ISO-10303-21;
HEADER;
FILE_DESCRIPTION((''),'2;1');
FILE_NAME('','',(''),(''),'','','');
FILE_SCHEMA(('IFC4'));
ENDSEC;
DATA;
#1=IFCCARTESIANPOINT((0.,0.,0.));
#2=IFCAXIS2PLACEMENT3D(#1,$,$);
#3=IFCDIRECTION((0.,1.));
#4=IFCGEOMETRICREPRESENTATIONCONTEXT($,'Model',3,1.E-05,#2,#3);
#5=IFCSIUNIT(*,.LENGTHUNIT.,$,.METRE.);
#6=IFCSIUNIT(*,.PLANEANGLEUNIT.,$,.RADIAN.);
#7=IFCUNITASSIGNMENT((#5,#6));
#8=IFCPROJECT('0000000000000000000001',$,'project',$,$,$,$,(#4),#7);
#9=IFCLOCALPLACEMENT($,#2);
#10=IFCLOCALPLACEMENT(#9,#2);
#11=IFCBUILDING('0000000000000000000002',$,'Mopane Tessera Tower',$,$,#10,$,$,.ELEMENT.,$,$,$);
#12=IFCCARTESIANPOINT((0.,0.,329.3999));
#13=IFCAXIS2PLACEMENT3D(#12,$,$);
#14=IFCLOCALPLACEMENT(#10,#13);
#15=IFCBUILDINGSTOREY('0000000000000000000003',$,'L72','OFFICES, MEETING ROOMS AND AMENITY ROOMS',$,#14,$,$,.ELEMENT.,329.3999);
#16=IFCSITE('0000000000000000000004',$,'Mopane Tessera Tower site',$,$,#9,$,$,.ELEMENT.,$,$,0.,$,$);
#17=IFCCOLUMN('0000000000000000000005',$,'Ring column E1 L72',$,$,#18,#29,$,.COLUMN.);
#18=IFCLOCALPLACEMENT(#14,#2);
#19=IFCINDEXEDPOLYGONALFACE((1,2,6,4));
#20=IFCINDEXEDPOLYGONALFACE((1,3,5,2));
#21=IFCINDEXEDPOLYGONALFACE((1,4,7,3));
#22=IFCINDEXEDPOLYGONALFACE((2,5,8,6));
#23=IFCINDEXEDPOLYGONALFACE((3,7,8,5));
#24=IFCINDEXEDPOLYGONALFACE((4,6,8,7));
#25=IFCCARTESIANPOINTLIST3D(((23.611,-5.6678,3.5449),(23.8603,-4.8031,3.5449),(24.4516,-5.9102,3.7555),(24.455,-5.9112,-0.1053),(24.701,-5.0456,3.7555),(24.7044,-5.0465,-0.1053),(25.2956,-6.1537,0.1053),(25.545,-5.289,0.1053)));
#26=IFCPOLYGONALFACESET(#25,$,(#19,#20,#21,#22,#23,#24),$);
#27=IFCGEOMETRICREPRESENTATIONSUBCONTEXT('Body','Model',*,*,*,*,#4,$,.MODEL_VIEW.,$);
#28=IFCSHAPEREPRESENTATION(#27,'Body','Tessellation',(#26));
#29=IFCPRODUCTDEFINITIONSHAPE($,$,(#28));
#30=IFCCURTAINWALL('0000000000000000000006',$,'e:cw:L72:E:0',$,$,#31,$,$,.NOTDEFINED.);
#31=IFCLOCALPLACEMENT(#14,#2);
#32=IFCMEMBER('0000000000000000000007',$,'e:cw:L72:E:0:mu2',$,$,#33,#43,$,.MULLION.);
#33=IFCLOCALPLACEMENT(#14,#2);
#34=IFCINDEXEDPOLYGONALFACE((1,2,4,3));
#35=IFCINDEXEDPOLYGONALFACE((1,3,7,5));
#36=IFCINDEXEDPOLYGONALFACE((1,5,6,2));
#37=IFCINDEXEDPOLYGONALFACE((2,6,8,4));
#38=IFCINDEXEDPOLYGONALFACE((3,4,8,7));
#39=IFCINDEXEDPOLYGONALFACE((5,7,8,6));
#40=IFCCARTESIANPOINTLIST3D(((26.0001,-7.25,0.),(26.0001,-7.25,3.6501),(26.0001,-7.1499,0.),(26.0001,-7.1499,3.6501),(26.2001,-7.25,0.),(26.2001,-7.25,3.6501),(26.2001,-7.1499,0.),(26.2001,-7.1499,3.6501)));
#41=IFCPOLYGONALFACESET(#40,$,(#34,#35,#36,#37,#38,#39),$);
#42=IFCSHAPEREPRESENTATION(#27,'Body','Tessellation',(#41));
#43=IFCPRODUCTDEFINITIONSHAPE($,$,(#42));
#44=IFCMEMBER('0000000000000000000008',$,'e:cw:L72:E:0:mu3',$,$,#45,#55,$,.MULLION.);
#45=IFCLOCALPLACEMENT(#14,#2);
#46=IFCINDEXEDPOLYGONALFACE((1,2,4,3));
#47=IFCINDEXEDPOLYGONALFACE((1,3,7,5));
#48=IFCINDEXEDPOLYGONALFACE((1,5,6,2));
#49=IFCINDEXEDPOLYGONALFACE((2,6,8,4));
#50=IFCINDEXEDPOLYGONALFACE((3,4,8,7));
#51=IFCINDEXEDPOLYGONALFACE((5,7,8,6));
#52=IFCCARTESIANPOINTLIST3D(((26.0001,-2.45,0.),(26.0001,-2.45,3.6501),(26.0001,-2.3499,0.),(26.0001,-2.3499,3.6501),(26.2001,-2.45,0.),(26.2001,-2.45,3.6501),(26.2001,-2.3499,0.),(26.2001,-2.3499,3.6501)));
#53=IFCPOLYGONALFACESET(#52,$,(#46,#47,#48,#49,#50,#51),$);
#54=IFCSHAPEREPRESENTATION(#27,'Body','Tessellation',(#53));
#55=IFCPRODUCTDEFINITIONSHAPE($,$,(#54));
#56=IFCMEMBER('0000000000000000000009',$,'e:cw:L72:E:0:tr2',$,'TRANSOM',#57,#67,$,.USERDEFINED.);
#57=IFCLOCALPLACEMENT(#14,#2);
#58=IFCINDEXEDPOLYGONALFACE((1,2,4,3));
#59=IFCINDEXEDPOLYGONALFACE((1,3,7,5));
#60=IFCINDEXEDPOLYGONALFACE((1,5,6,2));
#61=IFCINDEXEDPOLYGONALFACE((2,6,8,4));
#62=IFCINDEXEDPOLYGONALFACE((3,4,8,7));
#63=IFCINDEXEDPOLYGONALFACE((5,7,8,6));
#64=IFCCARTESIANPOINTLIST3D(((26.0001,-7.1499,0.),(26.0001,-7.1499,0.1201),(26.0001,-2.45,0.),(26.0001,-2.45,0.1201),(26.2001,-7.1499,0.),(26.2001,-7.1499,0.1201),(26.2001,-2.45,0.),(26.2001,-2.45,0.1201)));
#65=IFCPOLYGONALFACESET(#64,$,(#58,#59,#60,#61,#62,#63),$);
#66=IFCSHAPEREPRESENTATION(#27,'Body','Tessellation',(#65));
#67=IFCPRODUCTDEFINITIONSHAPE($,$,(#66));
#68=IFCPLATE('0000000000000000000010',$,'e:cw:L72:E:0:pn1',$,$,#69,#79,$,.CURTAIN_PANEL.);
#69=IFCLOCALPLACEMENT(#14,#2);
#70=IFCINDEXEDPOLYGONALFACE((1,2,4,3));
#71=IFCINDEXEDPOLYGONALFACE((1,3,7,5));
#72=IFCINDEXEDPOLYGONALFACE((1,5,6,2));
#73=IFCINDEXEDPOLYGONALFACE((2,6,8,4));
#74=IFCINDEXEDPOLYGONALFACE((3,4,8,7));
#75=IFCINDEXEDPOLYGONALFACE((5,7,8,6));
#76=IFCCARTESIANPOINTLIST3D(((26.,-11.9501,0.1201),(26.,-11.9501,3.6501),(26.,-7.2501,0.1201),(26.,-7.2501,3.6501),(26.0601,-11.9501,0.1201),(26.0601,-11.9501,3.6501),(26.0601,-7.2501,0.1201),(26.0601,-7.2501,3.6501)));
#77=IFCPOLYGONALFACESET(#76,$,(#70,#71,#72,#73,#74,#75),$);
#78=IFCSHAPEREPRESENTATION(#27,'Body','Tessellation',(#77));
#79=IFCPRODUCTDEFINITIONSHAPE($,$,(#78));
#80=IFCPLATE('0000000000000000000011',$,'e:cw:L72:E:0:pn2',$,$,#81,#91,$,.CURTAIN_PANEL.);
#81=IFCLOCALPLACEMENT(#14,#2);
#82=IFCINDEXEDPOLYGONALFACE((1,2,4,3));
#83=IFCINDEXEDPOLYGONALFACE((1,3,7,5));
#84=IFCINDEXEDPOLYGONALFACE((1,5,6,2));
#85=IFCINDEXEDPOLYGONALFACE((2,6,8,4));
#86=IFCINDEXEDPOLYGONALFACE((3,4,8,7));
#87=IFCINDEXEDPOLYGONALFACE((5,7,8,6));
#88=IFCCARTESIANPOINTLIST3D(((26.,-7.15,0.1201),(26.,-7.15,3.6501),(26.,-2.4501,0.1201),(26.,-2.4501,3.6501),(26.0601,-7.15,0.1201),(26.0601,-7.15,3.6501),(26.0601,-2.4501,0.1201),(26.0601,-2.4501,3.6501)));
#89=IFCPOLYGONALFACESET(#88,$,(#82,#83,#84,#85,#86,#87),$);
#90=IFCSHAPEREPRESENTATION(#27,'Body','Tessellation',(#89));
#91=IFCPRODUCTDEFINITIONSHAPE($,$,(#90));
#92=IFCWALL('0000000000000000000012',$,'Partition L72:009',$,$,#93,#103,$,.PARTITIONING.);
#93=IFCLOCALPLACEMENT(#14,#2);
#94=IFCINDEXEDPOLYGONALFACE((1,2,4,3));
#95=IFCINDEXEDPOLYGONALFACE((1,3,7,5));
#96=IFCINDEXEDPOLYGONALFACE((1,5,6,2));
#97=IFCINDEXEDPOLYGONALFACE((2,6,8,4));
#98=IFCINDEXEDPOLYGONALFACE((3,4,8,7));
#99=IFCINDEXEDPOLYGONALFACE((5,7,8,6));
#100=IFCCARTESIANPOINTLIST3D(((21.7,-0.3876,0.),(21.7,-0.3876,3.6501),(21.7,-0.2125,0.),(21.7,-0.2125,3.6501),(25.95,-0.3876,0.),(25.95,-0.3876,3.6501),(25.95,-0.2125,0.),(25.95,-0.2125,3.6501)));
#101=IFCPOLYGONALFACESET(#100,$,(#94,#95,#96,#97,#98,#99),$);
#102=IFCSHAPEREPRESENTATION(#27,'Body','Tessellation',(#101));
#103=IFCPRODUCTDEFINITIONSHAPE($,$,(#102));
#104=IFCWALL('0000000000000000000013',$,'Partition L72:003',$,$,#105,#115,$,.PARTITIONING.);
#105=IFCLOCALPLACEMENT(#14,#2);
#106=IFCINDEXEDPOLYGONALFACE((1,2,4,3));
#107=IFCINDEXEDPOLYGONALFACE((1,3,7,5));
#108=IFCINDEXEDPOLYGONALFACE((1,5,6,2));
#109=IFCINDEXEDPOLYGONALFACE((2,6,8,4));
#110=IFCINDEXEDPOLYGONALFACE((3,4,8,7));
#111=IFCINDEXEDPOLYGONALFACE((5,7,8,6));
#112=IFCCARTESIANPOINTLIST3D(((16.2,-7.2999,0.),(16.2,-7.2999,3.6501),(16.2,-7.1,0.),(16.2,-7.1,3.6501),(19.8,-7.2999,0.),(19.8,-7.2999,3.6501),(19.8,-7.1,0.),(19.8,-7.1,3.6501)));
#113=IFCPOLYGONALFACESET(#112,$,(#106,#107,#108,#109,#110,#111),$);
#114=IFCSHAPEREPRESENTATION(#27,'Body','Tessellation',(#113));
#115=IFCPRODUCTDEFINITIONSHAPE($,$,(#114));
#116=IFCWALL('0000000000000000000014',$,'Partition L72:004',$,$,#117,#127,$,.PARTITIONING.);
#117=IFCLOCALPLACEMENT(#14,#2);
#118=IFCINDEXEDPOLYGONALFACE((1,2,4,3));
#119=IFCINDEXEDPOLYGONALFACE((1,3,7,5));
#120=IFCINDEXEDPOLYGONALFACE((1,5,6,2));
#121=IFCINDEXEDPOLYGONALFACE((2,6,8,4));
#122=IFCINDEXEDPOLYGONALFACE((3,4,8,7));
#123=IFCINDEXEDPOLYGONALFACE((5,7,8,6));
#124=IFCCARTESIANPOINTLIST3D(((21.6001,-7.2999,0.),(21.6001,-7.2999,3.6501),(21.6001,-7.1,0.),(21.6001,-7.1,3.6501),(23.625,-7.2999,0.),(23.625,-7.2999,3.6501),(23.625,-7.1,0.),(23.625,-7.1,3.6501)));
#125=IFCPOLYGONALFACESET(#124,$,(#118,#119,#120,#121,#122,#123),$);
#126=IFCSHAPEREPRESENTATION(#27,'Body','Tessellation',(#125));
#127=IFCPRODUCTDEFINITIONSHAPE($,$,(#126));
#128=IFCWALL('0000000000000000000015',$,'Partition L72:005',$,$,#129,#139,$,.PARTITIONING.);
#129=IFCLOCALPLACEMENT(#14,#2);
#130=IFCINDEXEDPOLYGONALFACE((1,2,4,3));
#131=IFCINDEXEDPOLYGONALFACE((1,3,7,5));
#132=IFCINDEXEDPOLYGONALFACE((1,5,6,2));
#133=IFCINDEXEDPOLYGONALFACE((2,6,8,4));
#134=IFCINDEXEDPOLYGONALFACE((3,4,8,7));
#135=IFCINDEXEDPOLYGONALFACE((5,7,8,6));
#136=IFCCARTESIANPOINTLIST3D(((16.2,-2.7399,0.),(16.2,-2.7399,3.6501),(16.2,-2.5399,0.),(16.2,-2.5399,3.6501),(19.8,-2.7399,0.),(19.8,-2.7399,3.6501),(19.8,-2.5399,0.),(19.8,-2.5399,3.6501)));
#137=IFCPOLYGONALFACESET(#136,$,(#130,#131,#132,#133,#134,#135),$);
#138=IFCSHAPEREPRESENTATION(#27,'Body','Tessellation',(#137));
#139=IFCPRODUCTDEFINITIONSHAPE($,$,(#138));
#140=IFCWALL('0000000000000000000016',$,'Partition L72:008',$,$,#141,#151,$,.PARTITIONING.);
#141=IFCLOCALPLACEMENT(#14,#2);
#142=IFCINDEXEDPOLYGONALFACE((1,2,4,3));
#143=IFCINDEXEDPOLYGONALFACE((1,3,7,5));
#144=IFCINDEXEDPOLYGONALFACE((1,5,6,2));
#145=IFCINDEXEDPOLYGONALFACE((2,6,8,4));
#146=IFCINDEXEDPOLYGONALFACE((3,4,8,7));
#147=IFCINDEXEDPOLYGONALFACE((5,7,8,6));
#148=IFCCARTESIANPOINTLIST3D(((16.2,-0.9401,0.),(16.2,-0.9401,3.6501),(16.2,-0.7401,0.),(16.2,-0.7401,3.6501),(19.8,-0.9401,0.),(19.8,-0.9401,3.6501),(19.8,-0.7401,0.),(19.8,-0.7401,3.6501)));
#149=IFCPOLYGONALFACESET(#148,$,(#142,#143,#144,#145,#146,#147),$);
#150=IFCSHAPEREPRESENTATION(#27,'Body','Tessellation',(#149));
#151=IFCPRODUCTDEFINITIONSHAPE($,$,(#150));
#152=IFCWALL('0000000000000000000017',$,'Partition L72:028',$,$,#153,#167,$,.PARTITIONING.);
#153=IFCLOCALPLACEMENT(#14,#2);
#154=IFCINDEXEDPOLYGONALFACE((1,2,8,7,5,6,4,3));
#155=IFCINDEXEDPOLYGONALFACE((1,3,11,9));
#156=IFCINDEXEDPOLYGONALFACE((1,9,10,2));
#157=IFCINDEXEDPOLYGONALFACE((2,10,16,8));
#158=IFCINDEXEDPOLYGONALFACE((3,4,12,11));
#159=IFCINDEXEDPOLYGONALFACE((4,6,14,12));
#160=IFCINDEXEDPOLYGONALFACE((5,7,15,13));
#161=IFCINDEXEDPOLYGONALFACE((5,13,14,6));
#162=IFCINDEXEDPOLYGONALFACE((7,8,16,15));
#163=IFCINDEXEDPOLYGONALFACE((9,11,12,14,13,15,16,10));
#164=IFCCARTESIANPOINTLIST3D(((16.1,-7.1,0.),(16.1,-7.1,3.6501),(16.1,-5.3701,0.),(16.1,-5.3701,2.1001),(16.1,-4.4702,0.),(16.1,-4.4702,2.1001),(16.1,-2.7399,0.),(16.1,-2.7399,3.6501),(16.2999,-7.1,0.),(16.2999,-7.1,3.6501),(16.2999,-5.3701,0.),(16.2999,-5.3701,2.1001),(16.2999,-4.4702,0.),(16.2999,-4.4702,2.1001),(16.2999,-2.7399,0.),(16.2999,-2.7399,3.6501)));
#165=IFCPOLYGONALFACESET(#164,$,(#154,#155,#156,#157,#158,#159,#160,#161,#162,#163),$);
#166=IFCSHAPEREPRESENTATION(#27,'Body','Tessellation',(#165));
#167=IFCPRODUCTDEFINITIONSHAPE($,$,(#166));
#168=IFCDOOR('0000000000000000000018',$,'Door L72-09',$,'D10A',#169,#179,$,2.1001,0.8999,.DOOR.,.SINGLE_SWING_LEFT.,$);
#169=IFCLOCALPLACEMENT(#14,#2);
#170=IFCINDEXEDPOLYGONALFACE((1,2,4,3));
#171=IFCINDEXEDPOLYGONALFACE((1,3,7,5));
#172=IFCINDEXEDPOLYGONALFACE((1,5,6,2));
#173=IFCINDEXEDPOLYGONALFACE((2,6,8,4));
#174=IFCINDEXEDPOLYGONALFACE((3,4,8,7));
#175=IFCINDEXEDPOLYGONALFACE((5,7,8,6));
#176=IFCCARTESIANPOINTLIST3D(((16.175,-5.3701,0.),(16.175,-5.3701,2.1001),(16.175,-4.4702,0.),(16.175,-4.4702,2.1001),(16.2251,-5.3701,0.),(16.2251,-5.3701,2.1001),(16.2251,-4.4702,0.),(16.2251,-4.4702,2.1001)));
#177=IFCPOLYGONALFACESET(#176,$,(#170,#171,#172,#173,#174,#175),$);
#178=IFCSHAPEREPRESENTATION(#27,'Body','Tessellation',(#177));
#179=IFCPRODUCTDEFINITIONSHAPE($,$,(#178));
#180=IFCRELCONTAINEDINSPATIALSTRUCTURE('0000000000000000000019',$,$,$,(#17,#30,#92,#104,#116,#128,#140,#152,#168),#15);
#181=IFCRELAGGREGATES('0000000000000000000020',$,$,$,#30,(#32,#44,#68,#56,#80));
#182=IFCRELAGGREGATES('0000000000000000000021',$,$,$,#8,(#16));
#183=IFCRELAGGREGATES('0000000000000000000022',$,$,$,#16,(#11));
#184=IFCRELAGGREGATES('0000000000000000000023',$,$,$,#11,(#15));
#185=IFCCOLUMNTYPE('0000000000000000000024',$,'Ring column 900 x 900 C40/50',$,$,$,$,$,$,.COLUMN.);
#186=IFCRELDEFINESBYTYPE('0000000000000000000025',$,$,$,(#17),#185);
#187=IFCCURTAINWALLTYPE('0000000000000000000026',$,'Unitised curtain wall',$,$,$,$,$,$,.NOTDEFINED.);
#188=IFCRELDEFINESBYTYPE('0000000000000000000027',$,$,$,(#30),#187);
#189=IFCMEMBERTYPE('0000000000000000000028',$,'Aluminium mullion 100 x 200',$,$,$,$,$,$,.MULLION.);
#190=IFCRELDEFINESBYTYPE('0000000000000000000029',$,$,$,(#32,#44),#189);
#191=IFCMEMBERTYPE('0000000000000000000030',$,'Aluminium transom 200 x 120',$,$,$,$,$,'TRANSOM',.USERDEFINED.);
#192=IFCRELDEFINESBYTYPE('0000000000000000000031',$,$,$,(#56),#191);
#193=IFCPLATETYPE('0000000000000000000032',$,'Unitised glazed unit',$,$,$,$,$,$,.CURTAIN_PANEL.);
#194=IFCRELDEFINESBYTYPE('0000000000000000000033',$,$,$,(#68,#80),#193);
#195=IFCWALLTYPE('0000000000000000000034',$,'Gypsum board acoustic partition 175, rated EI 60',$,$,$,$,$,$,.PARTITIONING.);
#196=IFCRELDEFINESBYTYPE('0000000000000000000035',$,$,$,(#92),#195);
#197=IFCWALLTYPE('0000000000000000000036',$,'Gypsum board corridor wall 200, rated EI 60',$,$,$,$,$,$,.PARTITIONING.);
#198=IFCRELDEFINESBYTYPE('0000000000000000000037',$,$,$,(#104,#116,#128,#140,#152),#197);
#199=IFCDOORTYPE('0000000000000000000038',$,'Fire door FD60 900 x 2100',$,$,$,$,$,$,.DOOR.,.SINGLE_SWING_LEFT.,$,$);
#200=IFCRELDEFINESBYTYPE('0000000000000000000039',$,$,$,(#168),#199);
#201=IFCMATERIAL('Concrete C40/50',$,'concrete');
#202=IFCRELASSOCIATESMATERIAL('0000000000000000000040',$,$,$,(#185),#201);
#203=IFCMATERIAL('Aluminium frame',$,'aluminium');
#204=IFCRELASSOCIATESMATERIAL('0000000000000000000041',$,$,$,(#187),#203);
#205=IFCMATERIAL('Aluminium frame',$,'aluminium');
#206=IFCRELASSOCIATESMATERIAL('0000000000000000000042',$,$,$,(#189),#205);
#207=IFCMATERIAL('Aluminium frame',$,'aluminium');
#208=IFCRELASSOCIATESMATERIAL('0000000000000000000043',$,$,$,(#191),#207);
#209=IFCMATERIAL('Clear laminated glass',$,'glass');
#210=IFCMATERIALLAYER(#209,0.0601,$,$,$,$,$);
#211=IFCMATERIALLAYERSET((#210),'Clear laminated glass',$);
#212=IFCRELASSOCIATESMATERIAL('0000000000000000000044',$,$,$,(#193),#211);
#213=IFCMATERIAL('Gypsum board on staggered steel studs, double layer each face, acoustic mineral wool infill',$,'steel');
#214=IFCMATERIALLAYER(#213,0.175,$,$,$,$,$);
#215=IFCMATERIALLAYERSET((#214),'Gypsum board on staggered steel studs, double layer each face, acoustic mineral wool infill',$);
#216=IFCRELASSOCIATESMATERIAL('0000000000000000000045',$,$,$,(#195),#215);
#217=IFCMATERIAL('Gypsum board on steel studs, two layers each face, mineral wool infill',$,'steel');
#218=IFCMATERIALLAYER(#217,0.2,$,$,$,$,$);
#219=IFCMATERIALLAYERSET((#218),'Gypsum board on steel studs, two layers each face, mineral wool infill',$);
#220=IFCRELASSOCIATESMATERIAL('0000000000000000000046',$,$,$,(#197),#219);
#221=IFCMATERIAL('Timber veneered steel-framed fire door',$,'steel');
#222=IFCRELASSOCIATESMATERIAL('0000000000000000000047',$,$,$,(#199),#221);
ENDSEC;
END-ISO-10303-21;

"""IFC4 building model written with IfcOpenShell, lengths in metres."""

from ifc_helpers import new_model, si_unit, direction, frame, frame_2d, origin, origin_2d, place, context, subcontext, project, spatial, rectangle, extrude, material, layer, layer_set, material_profile, profile_set, type_object, element, fill, aggregate, save


model = new_model("IFC4")

# Units and contexts
model_context = context("Model", 3, precision=1e-05, world=origin(), true_north=direction((0.0, 1.0)))
body_context = subcontext(model_context, "Body", "Model", "MODEL_VIEW")
ifc_project = project(units=[si_unit("LENGTHUNIT", "METRE"), si_unit("PLANEANGLEUNIT", "RADIAN")], contexts=[model_context])

# Site, building, storey
site_placement = place(None, origin())
site = spatial("IfcSite", under=ifc_project, at=site_placement, Name="Mopane Tessera Tower site", CompositionType="ELEMENT", RefElevation=0.0)
building_placement = place(site_placement, origin())
building = spatial("IfcBuilding", under=site, at=building_placement, Name="Mopane Tessera Tower", CompositionType="ELEMENT")
storey_placement = place(building_placement, frame((0.0, 0.0, 329.3999)))
storey = spatial("IfcBuildingStorey", under=building, at=storey_placement, Name="L72", Description="OFFICES, MEETING ROOMS AND AMENITY ROOMS", CompositionType="ELEMENT", Elevation=329.3999)

# Column
ifc_material_1 = material(Name="Concrete C40/50", Category="concrete")
ifc_material_profile_1 = material_profile(ifc_material_1, rectangle(XDim=0.8999, YDim=0.8999, at=origin_2d()))
ifc_profile_set_1 = profile_set([ifc_material_profile_1], Name="Concrete C40/50")
column_type = type_object("IfcColumnType", Name="Ring column 900 x 900 C40/50", PredefinedType="COLUMN", material=ifc_profile_set_1)
column_placement = place(storey_placement, frame((25.0, -5.6001, 0.0), z_axis=(-0.224804, 0.064834, 0.972245), x_axis=(-0.277106, -0.960839, 0.0)))
element("IfcColumn", 1, at=column_placement, inside=storey, type_object=column_type, Name="Ring column E1 L72", PredefinedType="COLUMN", context=body_context, shape_type="SweptSolid", body=[
    extrude(rectangle(XDim=0.8999, YDim=0.8999, at=origin_2d()), origin(), (0.0, 0.0, 1.0), 3.7544),
])

# Curtain wall, members, plates
ifc_material_2 = material(Name="Aluminium frame", Category="aluminium")
curtain_wall_type = type_object("IfcCurtainWallType", Name="Unitised curtain wall", PredefinedType="NOTDEFINED", material=ifc_material_2)
curtain_wall_placement = place(storey_placement, origin())
curtain_wall = element("IfcCurtainWall", 2, at=curtain_wall_placement, inside=storey, type_object=curtain_wall_type, Name="e:cw:L72:E:0", PredefinedType="NOTDEFINED")
ifc_material_3 = material(Name="Aluminium frame", Category="aluminium")
ifc_material_profile_2 = material_profile(ifc_material_3, rectangle(XDim=0.1001, YDim=0.2, at=origin_2d()))
ifc_profile_set_2 = profile_set([ifc_material_profile_2], Name="Aluminium frame")
member_type_1 = type_object("IfcMemberType", Name="Aluminium mullion 100 x 200", PredefinedType="MULLION", material=ifc_profile_set_2)
member_1_placement = place(storey_placement, frame((26.1001, -7.2, 0.0), z_axis=(0.0, 0.0, 1.0), x_axis=(0.0, 1.0, 0.0)))
member_1 = element("IfcMember", 3, at=member_1_placement, type_object=member_type_1, Name="e:cw:L72:E:0:mu2", PredefinedType="MULLION", context=body_context, shape_type="SweptSolid", body=[
    extrude(rectangle(XDim=0.1001, YDim=0.2, at=origin_2d()), origin(), (0.0, 0.0, 1.0), 3.6501),
])
member_2_placement = place(storey_placement, frame((26.1001, -2.3999, 0.0), z_axis=(0.0, 0.0, 1.0), x_axis=(0.0, 1.0, 0.0)))
member_2 = element("IfcMember", 4, at=member_2_placement, type_object=member_type_1, Name="e:cw:L72:E:0:mu3", PredefinedType="MULLION", context=body_context, shape_type="SweptSolid", body=[
    extrude(rectangle(XDim=0.1001, YDim=0.2, at=origin_2d()), origin(), (0.0, 0.0, 1.0), 3.6501),
])
ifc_material_4 = material(Name="Aluminium frame", Category="aluminium")
ifc_material_profile_3 = material_profile(ifc_material_4, rectangle(XDim=0.2, YDim=0.1201, at=origin_2d()))
ifc_profile_set_3 = profile_set([ifc_material_profile_3], Name="Aluminium frame")
member_type_2 = type_object("IfcMemberType", Name="Aluminium transom 200 x 120", ElementType="TRANSOM", PredefinedType="USERDEFINED", material=ifc_profile_set_3)
member_3_placement = place(storey_placement, frame((26.1001, -7.1499, 0.0601), z_axis=(0.0, 1.0, 0.0), x_axis=(-1.0, 0.0, 0.0)))
member_3 = element("IfcMember", 5, at=member_3_placement, type_object=member_type_2, Name="e:cw:L72:E:0:tr2", ObjectType="TRANSOM", PredefinedType="USERDEFINED", context=body_context, shape_type="SweptSolid", body=[
    extrude(rectangle(XDim=0.2, YDim=0.1201, at=origin_2d()), origin(), (0.0, 0.0, 1.0), 4.7),
])
ifc_material_5 = material(Name="Clear laminated glass", Category="glass")
ifc_layer_1 = layer(ifc_material_5, 0.0601)
ifc_layer_set_1 = layer_set([ifc_layer_1], Name="Clear laminated glass")
plate_type = type_object("IfcPlateType", Name="Unitised glazed unit", PredefinedType="CURTAIN_PANEL", material=ifc_layer_set_1)
plate_1_placement = place(storey_placement, frame((26.03, -9.6001, 0.1201), z_axis=(0.0, 0.0, 1.0), x_axis=(0.0, 1.0, 0.0)))
plate_1 = element("IfcPlate", 6, at=plate_1_placement, type_object=plate_type, Name="e:cw:L72:E:0:pn1", PredefinedType="CURTAIN_PANEL", context=body_context, shape_type="SweptSolid", body=[
    extrude(rectangle(XDim=4.7, YDim=0.0601, at=origin_2d()), origin(), (0.0, 0.0, 1.0), 3.53),
])
plate_2_placement = place(storey_placement, frame((26.03, -4.8, 0.1201), z_axis=(0.0, 0.0, 1.0), x_axis=(0.0, 1.0, 0.0)))
plate_2 = element("IfcPlate", 7, at=plate_2_placement, type_object=plate_type, Name="e:cw:L72:E:0:pn2", PredefinedType="CURTAIN_PANEL", context=body_context, shape_type="SweptSolid", body=[
    extrude(rectangle(XDim=4.7, YDim=0.0601, at=origin_2d()), origin(), (0.0, 0.0, 1.0), 3.53),
])
aggregate(curtain_wall, [member_1, member_2, plate_1, member_3, plate_2])

# Walls
ifc_material_6 = material(Name="Gypsum board on staggered steel studs, double layer each face, acoustic mineral wool infill", Category="steel")
ifc_layer_2 = layer(ifc_material_6, 0.175)
ifc_layer_set_2 = layer_set([ifc_layer_2], Name="Gypsum board on staggered steel studs, double layer each face, acoustic mineral wool infill")
wall_type_1 = type_object("IfcWallType", Name="Gypsum board acoustic partition 175, rated EI 60", PredefinedType="PARTITIONING", material=ifc_layer_set_2)
wall_1_placement = place(storey_placement, frame((21.7, -0.3, 0.0), z_axis=(0.0, 0.0, 1.0), x_axis=(1.0, 0.0, 0.0)))
element("IfcWall", 8, at=wall_1_placement, inside=storey, type_object=wall_type_1, Name="Partition L72:009", PredefinedType="PARTITIONING", context=body_context, shape_type="SweptSolid", body=[
    extrude(rectangle(XDim=4.25, YDim=0.175, at=frame_2d((2.125, 0.0))), origin(), (0.0, 0.0, 1.0), 3.6501),
])
ifc_material_7 = material(Name="Gypsum board on steel studs, two layers each face, mineral wool infill", Category="steel")
ifc_layer_3 = layer(ifc_material_7, 0.2)
ifc_layer_set_3 = layer_set([ifc_layer_3], Name="Gypsum board on steel studs, two layers each face, mineral wool infill")
wall_type_2 = type_object("IfcWallType", Name="Gypsum board corridor wall 200, rated EI 60", PredefinedType="PARTITIONING", material=ifc_layer_set_3)
wall_2_placement = place(storey_placement, frame((16.2, -7.2, 0.0), z_axis=(0.0, 0.0, 1.0), x_axis=(1.0, 0.0, 0.0)))
element("IfcWall", 9, at=wall_2_placement, inside=storey, type_object=wall_type_2, Name="Partition L72:003", PredefinedType="PARTITIONING", context=body_context, shape_type="SweptSolid", body=[
    extrude(rectangle(XDim=3.6001, YDim=0.2, at=frame_2d((1.8, 0.0))), origin(), (0.0, 0.0, 1.0), 3.6501),
])
wall_3_placement = place(storey_placement, frame((21.6001, -7.2, 0.0), z_axis=(0.0, 0.0, 1.0), x_axis=(1.0, 0.0, 0.0)))
element("IfcWall", 10, at=wall_3_placement, inside=storey, type_object=wall_type_2, Name="Partition L72:004", PredefinedType="PARTITIONING", context=body_context, shape_type="SweptSolid", body=[
    extrude(rectangle(XDim=2.0249, YDim=0.2, at=frame_2d((1.0125, 0.0))), origin(), (0.0, 0.0, 1.0), 3.6501),
])
for number, where, z_axis, x_axis, name in (
    (11, (16.2, -2.6399, 0.0), (0.0, 0.0, 1.0), (1.0, 0.0, 0.0), "Partition L72:005"),
    (12, (16.2, -0.8401, 0.0), (0.0, 0.0, 1.0), (1.0, 0.0, 0.0), "Partition L72:008"),
):
    element("IfcWall", number, at=place(storey_placement, frame(where, z_axis=z_axis, x_axis=x_axis)), inside=storey, type_object=wall_type_2, Name=name, PredefinedType="PARTITIONING", context=body_context, shape_type="SweptSolid", body=[
        extrude(rectangle(XDim=3.6001, YDim=0.2, at=frame_2d((1.8, 0.0))), origin(), (0.0, 0.0, 1.0), 3.6501),
    ])

# Wall, opening, door
wall_4_placement = place(storey_placement, frame((16.2, -7.1001, 0.0), z_axis=(0.0, 0.0, 1.0), x_axis=(0.0, 1.0, 0.0)))
wall_4 = element("IfcWall", 13, at=wall_4_placement, inside=storey, type_object=wall_type_2, Name="Partition L72:028", PredefinedType="PARTITIONING", context=body_context, shape_type="SweptSolid", body=[
    extrude(rectangle(XDim=4.3601, YDim=0.2, at=frame_2d((2.1802, 0.0))), origin(), (0.0, 0.0, 1.0), 3.6501),
])
opening_1_placement = place(wall_4_placement, frame((1.73, 0.0, 0.0)))
opening_1 = element("IfcOpeningElement", 14, at=opening_1_placement, cuts=wall_4, PredefinedType="OPENING", context=body_context, shape_type="SweptSolid", body=[
    extrude(rectangle(XDim=0.8999, YDim=2.1001, at=frame_2d((0.45, 1.05))), frame((0.0, 0.1121, 0.0), z_axis=(0.0, -1.0, 0.0), x_axis=(1.0, 0.0, 0.0)), (0.0, 0.0, 1.0), 0.2239),
])
ifc_material_8 = material(Name="Timber veneered steel-framed fire door", Category="steel")
door_type_1 = type_object("IfcDoorType", Name="Fire door FD60 900 x 2100", OperationType="SINGLE_SWING_LEFT", PredefinedType="DOOR", material=ifc_material_8)
door_1_placement = place(opening_1_placement, origin())
door_1 = element("IfcDoor", 15, at=door_1_placement, inside=storey, type_object=door_type_1, Name="Door L72-09", ObjectType="D10A", OperationType="SINGLE_SWING_LEFT", OverallHeight=2.1001, OverallWidth=0.8999, PredefinedType="DOOR", context=body_context, shape_type="SweptSolid", body=[
    extrude(rectangle(XDim=0.8999, YDim=2.1001, at=frame_2d((0.45, 1.05))), frame((0.0, 0.0249, 0.0), z_axis=(0.0, -1.0, 0.0), x_axis=(1.0, 0.0, 0.0)), (0.0, 0.0, 1.0), 0.05),
])
fill(opening_1, door_1)

save(model, "model.ifc")
